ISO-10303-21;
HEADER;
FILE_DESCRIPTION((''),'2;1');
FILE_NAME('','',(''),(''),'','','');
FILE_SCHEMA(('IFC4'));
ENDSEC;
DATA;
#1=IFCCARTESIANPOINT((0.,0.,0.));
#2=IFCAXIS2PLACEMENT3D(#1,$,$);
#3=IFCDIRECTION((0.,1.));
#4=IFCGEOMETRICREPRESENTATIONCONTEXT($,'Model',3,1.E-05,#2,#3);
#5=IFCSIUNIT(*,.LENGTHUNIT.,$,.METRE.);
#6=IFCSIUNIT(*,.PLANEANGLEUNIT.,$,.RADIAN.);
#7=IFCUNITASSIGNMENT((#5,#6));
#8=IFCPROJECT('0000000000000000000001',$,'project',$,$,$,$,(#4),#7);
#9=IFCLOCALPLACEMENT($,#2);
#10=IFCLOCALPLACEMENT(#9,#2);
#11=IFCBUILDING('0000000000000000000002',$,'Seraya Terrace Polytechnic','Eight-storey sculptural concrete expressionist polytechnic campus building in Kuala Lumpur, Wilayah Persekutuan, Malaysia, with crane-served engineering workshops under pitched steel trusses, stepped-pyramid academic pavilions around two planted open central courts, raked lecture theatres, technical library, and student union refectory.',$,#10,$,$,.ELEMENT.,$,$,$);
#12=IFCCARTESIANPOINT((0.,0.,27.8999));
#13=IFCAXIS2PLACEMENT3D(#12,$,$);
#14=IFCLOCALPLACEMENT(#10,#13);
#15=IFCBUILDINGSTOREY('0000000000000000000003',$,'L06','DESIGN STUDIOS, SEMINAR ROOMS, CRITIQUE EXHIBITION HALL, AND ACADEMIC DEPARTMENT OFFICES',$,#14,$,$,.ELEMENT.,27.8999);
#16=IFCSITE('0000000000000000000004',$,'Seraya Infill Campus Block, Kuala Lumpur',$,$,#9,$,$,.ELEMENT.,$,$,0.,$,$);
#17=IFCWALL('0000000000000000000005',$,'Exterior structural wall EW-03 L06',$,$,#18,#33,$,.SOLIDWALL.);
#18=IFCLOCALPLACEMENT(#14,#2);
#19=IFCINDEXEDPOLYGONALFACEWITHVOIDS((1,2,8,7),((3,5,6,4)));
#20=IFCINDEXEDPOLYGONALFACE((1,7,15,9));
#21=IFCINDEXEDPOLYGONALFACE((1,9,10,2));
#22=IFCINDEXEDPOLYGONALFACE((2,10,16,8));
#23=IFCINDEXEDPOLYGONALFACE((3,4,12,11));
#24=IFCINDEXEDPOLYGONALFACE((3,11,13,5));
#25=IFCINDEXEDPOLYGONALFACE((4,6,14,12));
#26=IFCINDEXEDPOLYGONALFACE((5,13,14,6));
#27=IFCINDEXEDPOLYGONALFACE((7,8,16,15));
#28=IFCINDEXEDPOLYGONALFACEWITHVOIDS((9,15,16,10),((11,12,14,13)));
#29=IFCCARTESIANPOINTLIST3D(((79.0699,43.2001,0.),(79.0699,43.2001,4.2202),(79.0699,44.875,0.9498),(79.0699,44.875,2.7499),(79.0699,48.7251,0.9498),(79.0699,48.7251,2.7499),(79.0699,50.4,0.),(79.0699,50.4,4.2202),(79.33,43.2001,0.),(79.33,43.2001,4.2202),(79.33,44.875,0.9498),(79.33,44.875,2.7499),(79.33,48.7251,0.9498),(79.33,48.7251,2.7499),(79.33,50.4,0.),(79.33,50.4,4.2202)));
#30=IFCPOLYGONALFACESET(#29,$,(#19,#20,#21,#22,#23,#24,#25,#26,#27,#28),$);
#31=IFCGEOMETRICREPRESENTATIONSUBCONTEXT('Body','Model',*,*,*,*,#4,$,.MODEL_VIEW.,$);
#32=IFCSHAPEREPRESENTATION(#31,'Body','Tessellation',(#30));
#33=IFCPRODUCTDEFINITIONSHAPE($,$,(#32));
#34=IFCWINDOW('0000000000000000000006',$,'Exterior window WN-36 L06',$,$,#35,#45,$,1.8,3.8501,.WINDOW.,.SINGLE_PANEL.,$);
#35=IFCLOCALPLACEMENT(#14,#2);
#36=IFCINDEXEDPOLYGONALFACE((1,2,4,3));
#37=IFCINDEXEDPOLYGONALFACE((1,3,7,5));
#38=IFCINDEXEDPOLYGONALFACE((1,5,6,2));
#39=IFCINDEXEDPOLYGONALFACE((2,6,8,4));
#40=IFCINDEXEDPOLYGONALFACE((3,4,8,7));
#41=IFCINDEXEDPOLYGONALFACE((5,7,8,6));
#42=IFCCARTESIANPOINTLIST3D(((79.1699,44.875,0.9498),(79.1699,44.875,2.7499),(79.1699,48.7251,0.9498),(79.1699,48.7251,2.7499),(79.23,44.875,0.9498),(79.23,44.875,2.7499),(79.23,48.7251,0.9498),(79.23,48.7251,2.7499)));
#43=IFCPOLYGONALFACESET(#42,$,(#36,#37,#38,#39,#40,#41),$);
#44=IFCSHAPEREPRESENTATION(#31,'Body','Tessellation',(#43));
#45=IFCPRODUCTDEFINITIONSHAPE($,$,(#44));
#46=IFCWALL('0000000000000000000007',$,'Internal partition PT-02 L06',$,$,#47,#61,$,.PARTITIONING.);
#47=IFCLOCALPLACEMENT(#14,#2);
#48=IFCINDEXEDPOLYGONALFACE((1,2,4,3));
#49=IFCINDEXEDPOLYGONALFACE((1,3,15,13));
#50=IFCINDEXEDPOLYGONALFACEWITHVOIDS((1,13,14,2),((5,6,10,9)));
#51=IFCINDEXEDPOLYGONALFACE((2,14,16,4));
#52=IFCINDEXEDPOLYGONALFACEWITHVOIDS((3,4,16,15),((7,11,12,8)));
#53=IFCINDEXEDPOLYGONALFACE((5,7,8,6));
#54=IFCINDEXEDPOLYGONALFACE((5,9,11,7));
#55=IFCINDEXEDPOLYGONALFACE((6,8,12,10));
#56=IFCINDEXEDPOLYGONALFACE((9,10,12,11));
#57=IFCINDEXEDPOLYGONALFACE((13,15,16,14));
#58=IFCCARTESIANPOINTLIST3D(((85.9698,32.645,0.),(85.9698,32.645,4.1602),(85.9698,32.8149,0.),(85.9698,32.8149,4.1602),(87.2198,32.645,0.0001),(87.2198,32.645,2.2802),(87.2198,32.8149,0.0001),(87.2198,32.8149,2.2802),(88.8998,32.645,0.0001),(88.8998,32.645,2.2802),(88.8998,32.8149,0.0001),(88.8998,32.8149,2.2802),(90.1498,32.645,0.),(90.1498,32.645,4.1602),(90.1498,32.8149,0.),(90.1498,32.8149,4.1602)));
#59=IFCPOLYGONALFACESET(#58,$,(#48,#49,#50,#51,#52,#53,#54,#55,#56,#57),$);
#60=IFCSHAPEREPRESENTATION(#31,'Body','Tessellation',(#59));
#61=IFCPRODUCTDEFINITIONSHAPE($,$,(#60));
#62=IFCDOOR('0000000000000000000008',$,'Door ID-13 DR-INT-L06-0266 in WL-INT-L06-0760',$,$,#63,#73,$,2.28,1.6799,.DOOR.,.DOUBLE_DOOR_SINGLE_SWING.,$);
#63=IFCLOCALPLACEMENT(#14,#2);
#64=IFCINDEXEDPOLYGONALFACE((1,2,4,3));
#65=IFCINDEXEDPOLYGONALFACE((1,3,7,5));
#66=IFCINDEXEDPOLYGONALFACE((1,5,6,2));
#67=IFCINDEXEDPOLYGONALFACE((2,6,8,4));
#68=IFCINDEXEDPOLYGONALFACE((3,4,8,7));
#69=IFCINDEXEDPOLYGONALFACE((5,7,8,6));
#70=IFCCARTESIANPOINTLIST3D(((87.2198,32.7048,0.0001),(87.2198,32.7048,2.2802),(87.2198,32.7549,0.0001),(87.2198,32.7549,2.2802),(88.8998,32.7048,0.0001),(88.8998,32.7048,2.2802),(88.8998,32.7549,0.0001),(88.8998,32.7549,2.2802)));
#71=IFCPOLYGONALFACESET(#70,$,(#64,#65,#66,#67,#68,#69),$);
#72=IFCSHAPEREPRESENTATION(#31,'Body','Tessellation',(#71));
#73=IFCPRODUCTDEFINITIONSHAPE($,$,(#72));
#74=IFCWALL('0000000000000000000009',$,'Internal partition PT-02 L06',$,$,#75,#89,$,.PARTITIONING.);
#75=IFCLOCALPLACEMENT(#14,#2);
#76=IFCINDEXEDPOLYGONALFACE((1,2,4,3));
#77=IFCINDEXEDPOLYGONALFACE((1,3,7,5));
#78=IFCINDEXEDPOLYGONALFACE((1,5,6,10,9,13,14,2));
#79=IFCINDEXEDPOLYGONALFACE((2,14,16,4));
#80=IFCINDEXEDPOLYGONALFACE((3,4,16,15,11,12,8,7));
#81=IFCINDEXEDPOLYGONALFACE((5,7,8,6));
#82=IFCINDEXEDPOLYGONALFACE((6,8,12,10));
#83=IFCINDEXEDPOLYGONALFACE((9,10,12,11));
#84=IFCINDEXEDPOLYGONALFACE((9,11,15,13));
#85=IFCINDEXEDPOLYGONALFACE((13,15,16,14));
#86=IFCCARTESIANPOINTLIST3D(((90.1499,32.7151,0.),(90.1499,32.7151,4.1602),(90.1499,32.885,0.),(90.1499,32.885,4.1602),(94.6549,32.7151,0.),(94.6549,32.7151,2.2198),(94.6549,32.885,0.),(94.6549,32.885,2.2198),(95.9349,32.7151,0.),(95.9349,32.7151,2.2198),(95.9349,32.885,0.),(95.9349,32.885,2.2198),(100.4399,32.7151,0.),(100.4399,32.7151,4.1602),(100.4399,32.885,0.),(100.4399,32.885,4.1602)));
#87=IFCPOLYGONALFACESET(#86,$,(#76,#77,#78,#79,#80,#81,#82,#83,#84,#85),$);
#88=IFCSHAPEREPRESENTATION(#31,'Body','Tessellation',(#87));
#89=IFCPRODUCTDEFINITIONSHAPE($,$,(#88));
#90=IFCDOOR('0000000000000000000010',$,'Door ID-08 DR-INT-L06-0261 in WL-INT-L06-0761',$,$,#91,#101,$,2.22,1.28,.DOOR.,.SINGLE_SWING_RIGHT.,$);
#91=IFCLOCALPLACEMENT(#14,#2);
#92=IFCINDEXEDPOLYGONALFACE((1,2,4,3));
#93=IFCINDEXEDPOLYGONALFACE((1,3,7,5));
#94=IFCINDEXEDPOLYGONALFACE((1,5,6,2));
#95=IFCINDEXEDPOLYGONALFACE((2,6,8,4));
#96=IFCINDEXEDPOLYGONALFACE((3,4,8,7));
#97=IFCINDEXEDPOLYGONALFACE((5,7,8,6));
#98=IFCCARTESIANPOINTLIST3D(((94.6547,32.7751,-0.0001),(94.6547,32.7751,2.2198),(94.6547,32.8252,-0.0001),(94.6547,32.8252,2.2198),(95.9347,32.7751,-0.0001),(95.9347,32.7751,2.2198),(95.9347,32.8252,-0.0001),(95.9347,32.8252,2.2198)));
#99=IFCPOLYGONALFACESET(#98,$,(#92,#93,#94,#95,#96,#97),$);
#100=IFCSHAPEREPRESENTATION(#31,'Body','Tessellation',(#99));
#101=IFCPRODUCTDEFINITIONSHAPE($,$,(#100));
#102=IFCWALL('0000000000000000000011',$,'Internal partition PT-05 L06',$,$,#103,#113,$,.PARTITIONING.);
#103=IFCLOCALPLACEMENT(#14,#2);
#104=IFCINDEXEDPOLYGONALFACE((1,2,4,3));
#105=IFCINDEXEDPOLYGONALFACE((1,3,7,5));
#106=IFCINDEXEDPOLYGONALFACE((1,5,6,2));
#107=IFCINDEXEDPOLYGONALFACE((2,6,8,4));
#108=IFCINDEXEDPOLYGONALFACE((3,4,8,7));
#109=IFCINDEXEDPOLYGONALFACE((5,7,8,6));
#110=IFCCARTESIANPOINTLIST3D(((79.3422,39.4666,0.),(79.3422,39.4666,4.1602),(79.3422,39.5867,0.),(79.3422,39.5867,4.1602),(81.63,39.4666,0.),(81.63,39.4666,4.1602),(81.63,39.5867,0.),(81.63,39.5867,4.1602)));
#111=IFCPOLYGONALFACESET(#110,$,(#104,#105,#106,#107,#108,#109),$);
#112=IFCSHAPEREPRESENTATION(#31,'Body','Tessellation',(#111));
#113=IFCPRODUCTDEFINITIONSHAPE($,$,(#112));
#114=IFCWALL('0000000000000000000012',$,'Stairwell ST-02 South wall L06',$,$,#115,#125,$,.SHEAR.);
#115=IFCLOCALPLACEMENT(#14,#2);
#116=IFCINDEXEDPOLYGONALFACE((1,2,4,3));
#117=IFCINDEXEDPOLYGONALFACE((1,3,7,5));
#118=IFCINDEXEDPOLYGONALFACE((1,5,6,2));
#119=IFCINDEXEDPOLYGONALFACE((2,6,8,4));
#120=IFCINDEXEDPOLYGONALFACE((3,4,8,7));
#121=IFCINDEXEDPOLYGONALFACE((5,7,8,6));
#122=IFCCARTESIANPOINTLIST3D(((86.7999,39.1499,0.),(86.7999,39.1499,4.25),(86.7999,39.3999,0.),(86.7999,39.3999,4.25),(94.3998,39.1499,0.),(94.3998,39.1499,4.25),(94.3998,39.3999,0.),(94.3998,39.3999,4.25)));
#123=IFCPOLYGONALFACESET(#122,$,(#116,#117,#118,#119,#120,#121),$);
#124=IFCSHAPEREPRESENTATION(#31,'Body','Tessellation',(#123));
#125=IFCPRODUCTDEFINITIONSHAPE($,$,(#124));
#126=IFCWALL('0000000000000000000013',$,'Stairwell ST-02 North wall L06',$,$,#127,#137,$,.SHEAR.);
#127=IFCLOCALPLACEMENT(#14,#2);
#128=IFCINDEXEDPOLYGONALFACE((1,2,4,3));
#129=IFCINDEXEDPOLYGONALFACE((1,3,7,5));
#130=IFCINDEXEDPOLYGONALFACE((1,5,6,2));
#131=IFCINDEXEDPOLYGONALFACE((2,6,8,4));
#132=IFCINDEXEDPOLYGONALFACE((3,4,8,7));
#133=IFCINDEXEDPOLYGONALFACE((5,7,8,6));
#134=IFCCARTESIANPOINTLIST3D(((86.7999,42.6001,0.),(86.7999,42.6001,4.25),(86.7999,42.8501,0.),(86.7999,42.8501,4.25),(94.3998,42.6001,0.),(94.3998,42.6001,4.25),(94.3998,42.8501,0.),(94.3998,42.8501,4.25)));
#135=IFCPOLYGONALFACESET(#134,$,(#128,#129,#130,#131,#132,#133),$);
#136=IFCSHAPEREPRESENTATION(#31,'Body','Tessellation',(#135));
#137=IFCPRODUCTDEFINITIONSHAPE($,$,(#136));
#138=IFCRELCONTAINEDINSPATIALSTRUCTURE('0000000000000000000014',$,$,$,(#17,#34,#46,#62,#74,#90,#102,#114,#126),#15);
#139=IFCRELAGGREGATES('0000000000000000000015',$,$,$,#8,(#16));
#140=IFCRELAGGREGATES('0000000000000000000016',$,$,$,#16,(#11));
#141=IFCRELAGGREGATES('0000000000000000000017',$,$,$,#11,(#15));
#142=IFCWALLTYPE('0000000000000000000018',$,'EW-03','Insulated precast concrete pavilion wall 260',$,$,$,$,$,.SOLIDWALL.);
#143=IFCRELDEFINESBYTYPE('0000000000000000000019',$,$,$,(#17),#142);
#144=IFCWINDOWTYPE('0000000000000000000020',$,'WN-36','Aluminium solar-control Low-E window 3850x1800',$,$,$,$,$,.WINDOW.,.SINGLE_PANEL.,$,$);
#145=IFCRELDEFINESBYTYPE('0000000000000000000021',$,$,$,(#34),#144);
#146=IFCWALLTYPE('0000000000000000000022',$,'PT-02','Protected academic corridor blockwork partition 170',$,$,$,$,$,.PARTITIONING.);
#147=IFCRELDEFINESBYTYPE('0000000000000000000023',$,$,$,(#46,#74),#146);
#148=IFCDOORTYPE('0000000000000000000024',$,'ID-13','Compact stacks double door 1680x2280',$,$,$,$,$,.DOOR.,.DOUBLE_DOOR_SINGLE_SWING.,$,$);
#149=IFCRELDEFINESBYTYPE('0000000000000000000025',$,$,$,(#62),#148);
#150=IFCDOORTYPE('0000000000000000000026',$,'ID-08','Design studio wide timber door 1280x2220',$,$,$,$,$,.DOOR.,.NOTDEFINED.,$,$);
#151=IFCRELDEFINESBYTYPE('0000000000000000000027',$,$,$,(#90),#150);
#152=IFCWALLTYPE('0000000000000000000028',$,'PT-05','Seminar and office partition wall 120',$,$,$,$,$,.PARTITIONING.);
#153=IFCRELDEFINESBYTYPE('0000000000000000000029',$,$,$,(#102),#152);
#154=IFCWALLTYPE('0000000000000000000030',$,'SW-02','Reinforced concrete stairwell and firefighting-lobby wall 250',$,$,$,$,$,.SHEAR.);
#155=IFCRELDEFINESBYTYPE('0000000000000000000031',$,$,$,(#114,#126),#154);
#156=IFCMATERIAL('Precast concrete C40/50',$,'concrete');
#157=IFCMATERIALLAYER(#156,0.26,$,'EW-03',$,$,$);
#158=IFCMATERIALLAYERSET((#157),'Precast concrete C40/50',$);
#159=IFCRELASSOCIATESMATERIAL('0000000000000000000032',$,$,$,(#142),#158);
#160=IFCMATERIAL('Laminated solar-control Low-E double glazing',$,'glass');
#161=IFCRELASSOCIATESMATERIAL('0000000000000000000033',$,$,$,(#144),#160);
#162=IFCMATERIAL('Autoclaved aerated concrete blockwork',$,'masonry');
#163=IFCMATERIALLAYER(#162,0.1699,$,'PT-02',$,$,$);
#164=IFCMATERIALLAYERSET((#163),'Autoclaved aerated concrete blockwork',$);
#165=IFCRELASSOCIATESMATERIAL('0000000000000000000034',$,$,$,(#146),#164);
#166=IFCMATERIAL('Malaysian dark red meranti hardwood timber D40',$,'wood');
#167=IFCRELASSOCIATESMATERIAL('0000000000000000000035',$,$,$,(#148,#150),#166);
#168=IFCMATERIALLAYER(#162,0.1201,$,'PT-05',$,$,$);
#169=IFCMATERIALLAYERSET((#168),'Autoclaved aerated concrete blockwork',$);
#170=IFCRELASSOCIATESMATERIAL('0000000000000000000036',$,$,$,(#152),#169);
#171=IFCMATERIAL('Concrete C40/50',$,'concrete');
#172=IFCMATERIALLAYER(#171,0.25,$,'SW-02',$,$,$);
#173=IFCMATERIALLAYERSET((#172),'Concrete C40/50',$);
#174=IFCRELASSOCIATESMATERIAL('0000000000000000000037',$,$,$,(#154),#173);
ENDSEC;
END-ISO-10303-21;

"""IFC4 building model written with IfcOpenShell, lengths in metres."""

from ifc_helpers import new_model, si_unit, direction, frame, frame_2d, origin, place, context, subcontext, project, spatial, rectangle, extrude, material, layer, layer_set, type_object, element, fill, save


model = new_model("IFC4")

# Units and contexts
model_context = context("Model", 3, precision=1e-05, world=origin(), true_north=direction((0.0, 1.0)))
body_context = subcontext(model_context, "Body", "Model", "MODEL_VIEW")
ifc_project = project(units=[si_unit("LENGTHUNIT", "METRE"), si_unit("PLANEANGLEUNIT", "RADIAN")], contexts=[model_context])

# Site, building, storey
site_placement = place(None, origin())
site = spatial("IfcSite", under=ifc_project, at=site_placement, Name="Seraya Infill Campus Block, Kuala Lumpur", CompositionType="ELEMENT", RefElevation=0.0)
building_placement = place(site_placement, origin())
building = spatial("IfcBuilding", under=site, at=building_placement, Name="Seraya Terrace Polytechnic", Description="Eight-storey sculptural concrete expressionist polytechnic campus building in Kuala Lumpur, Wilayah Persekutuan, Malaysia, with crane-served engineering workshops under pitched steel trusses, stepped-pyramid academic pavilions around two planted open central courts, raked lecture theatres, technical library, and student union refectory.", CompositionType="ELEMENT")
storey_placement = place(building_placement, frame((0.0, 0.0, 27.8999)))
storey = spatial("IfcBuildingStorey", under=building, at=storey_placement, Name="L06", Description="DESIGN STUDIOS, SEMINAR ROOMS, CRITIQUE EXHIBITION HALL, AND ACADEMIC DEPARTMENT OFFICES", CompositionType="ELEMENT", Elevation=27.8999)

# Shared definitions
ifc_material_1 = material(Name="Concrete C40/50", Category="concrete")

# Wall, opening, window
ifc_material_2 = material(Name="Precast concrete C40/50", Category="concrete")
ifc_layer_1 = layer(ifc_material_2, 0.26, Name="EW-03")
ifc_layer_set_1 = layer_set([ifc_layer_1], Name="Precast concrete C40/50")
wall_type_1 = type_object("IfcWallType", Name="EW-03", Description="Insulated precast concrete pavilion wall 260", PredefinedType="SOLIDWALL", material=ifc_layer_set_1)
ifc_material_3 = material(Name="Laminated solar-control Low-E double glazing", Category="glass")
wall_1_placement = place(storey_placement, frame((79.2, 43.2, 0.0), z_axis=(0.0, 0.0, 1.0), x_axis=(0.0, 1.0, 0.0)))
wall_1 = element("IfcWall", 1, at=wall_1_placement, inside=storey, type_object=wall_type_1, Name="Exterior structural wall EW-03 L06", PredefinedType="SOLIDWALL", context=body_context, shape_type="SweptSolid", body=[
    extrude(rectangle(XDim=7.2, YDim=0.26, at=frame_2d((3.6001, 0.0))), origin(), (0.0, 0.0, 1.0), 4.2202),
])
opening_1_placement = place(wall_1_placement, frame((1.675, 0.0, 0.95)))
opening_1 = element("IfcOpeningElement", 2, at=opening_1_placement, cuts=wall_1, PredefinedType="OPENING", context=body_context, shape_type="SweptSolid", body=[
    extrude(rectangle(XDim=3.8501, YDim=1.8, at=frame_2d((1.925, 0.8999))), frame((0.0, 0.1421, 0.0), z_axis=(0.0, -1.0, 0.0), x_axis=(1.0, 0.0, 0.0)), (0.0, 0.0, 1.0), 0.2839),
])
window_type_1 = type_object("IfcWindowType", Name="WN-36", Description="Aluminium solar-control Low-E window 3850x1800", PartitioningType="SINGLE_PANEL", PredefinedType="WINDOW", material=ifc_material_3)
window_1_placement = place(opening_1_placement, origin())
window_1 = element("IfcWindow", 3, at=window_1_placement, inside=storey, type_object=window_type_1, Name="Exterior window WN-36 L06", OverallHeight=1.8, OverallWidth=3.8501, PartitioningType="SINGLE_PANEL", PredefinedType="WINDOW", context=body_context, shape_type="SweptSolid", body=[
    extrude(rectangle(XDim=3.8501, YDim=1.8, at=frame_2d((1.925, 0.8999))), frame((0.0, 0.03, 0.0), z_axis=(0.0, -1.0, 0.0), x_axis=(1.0, 0.0, 0.0)), (0.0, 0.0, 1.0), 0.0601),
])
fill(opening_1, window_1)

# Walls, openings, doors
ifc_material_4 = material(Name="Autoclaved aerated concrete blockwork", Category="masonry")
ifc_layer_2 = layer(ifc_material_4, 0.1699, Name="PT-02")
ifc_layer_set_2 = layer_set([ifc_layer_2], Name="Autoclaved aerated concrete blockwork")
wall_type_2 = type_object("IfcWallType", Name="PT-02", Description="Protected academic corridor blockwork partition 170", PredefinedType="PARTITIONING", material=ifc_layer_set_2)
wall_2_placement = place(storey_placement, frame((85.97, 32.73, 0.0), z_axis=(0.0, 0.0, 1.0), x_axis=(1.0, 0.0, 0.0)))
wall_2 = element("IfcWall", 4, at=wall_2_placement, inside=storey, type_object=wall_type_2, Name="Internal partition PT-02 L06", PredefinedType="PARTITIONING", context=body_context, shape_type="SweptSolid", body=[
    extrude(rectangle(XDim=4.1799, YDim=0.1699, at=frame_2d((2.0898, 0.0))), origin(), (0.0, 0.0, 1.0), 4.1602),
])
opening_2_placement = place(wall_2_placement, frame((1.25, 0.0, 0.0)))
opening_2 = element("IfcOpeningElement", 5, at=opening_2_placement, cuts=wall_2, PredefinedType="OPENING", context=body_context, shape_type="SweptSolid", body=[
    extrude(rectangle(XDim=1.6799, YDim=2.28, at=frame_2d((0.8398, 1.1401))), frame((0.0, 0.0969, 0.0), z_axis=(0.0, -1.0, 0.0), x_axis=(1.0, 0.0, 0.0)), (0.0, 0.0, 1.0), 0.1938),
])
ifc_material_5 = material(Name="Malaysian dark red meranti hardwood timber D40", Category="wood")
door_type_1 = type_object("IfcDoorType", Name="ID-13", Description="Compact stacks double door 1680x2280", OperationType="DOUBLE_DOOR_SINGLE_SWING", PredefinedType="DOOR", material=ifc_material_5)
door_1_placement = place(opening_2_placement, origin())
door_1 = element("IfcDoor", 6, at=door_1_placement, inside=storey, type_object=door_type_1, Name="Door ID-13 DR-INT-L06-0266 in WL-INT-L06-0760", OperationType="DOUBLE_DOOR_SINGLE_SWING", OverallHeight=2.28, OverallWidth=1.6799, PredefinedType="DOOR", context=body_context, shape_type="SweptSolid", body=[
    extrude(rectangle(XDim=1.6799, YDim=2.28, at=frame_2d((0.8398, 1.1401))), frame((0.0, 0.0249, 0.0), z_axis=(0.0, -1.0, 0.0), x_axis=(1.0, 0.0, 0.0)), (0.0, 0.0, 1.0), 0.05),
])
fill(opening_2, door_1)
wall_3_placement = place(storey_placement, frame((90.1499, 32.8, 0.0), z_axis=(0.0, 0.0, 1.0), x_axis=(1.0, 0.0, 0.0)))
wall_3 = element("IfcWall", 7, at=wall_3_placement, inside=storey, type_object=wall_type_2, Name="Internal partition PT-02 L06", PredefinedType="PARTITIONING", context=body_context, shape_type="SweptSolid", body=[
    extrude(rectangle(XDim=10.29, YDim=0.1699, at=frame_2d((5.145, 0.0))), origin(), (0.0, 0.0, 1.0), 4.1602),
])
opening_3_placement = place(wall_3_placement, frame((4.5049, 0.0, 0.0)))
opening_3 = element("IfcOpeningElement", 8, at=opening_3_placement, cuts=wall_3, PredefinedType="OPENING", context=body_context, shape_type="SweptSolid", body=[
    extrude(rectangle(XDim=1.28, YDim=2.22, at=frame_2d((0.6401, 1.1099))), frame((0.0, 0.0969, 0.0), z_axis=(0.0, -1.0, 0.0), x_axis=(1.0, 0.0, 0.0)), (0.0, 0.0, 1.0), 0.1938),
])
door_type_2 = type_object("IfcDoorType", Name="ID-08", Description="Design studio wide timber door 1280x2220", OperationType="NOTDEFINED", PredefinedType="DOOR", material=ifc_material_5)
door_2_placement = place(opening_3_placement, frame((1.28, 0.0, 0.0), z_axis=(0.0, 0.0, 1.0), x_axis=(-1.0, 0.0, 0.0)))
door_2 = element("IfcDoor", 9, at=door_2_placement, inside=storey, type_object=door_type_2, Name="Door ID-08 DR-INT-L06-0261 in WL-INT-L06-0761", OperationType="SINGLE_SWING_RIGHT", OverallHeight=2.22, OverallWidth=1.28, PredefinedType="DOOR", context=body_context, shape_type="SweptSolid", body=[
    extrude(rectangle(XDim=1.28, YDim=2.22, at=frame_2d((0.6401, 1.1099))), frame((0.0, 0.0249, 0.0), z_axis=(0.0, -1.0, 0.0), x_axis=(1.0, 0.0, 0.0)), (0.0, 0.0, 1.0), 0.05),
])
fill(opening_3, door_2)

# Wall
ifc_layer_3 = layer(ifc_material_4, 0.1201, Name="PT-05")
ifc_layer_set_3 = layer_set([ifc_layer_3], Name="Autoclaved aerated concrete blockwork")
wall_type_3 = type_object("IfcWallType", Name="PT-05", Description="Seminar and office partition wall 120", PredefinedType="PARTITIONING", material=ifc_layer_set_3)
wall_4_placement = place(storey_placement, frame((79.342, 39.5266, 0.0), z_axis=(0.0, 0.0, 1.0), x_axis=(1.0, 0.0, 0.0)))
element("IfcWall", 10, at=wall_4_placement, inside=storey, type_object=wall_type_3, Name="Internal partition PT-05 L06", PredefinedType="PARTITIONING", context=body_context, shape_type="SweptSolid", body=[
    extrude(rectangle(XDim=2.2878, YDim=0.1201, at=frame_2d((1.144, 0.0))), origin(), (0.0, 0.0, 1.0), 4.1602),
])

# Shared definitions
ifc_layer_4 = layer(ifc_material_1, 0.25, Name="SW-02")
ifc_layer_set_4 = layer_set([ifc_layer_4], Name="Concrete C40/50")
wall_type_4 = type_object("IfcWallType", Name="SW-02", Description="Reinforced concrete stairwell and firefighting-lobby wall 250", PredefinedType="SHEAR", material=ifc_layer_set_4)

# Walls
for number, where, z_axis, x_axis, name in (
    (11, (86.8, 39.2749, 0.0), (0.0, 0.0, 1.0), (1.0, 0.0, 0.0), "Stairwell ST-02 South wall L06"),
    (12, (86.8, 42.7251, 0.0), (0.0, 0.0, 1.0), (1.0, 0.0, 0.0), "Stairwell ST-02 North wall L06"),
):
    element("IfcWall", number, at=place(storey_placement, frame(where, z_axis=z_axis, x_axis=x_axis)), inside=storey, type_object=wall_type_4, Name=name, PredefinedType="SHEAR", context=body_context, shape_type="SweptSolid", body=[
        extrude(rectangle(XDim=7.5999, YDim=0.25, at=frame_2d((3.7998, 0.0))), origin(), (0.0, 0.0, 1.0), 4.25),
    ])

save(model, "model.ifc")
